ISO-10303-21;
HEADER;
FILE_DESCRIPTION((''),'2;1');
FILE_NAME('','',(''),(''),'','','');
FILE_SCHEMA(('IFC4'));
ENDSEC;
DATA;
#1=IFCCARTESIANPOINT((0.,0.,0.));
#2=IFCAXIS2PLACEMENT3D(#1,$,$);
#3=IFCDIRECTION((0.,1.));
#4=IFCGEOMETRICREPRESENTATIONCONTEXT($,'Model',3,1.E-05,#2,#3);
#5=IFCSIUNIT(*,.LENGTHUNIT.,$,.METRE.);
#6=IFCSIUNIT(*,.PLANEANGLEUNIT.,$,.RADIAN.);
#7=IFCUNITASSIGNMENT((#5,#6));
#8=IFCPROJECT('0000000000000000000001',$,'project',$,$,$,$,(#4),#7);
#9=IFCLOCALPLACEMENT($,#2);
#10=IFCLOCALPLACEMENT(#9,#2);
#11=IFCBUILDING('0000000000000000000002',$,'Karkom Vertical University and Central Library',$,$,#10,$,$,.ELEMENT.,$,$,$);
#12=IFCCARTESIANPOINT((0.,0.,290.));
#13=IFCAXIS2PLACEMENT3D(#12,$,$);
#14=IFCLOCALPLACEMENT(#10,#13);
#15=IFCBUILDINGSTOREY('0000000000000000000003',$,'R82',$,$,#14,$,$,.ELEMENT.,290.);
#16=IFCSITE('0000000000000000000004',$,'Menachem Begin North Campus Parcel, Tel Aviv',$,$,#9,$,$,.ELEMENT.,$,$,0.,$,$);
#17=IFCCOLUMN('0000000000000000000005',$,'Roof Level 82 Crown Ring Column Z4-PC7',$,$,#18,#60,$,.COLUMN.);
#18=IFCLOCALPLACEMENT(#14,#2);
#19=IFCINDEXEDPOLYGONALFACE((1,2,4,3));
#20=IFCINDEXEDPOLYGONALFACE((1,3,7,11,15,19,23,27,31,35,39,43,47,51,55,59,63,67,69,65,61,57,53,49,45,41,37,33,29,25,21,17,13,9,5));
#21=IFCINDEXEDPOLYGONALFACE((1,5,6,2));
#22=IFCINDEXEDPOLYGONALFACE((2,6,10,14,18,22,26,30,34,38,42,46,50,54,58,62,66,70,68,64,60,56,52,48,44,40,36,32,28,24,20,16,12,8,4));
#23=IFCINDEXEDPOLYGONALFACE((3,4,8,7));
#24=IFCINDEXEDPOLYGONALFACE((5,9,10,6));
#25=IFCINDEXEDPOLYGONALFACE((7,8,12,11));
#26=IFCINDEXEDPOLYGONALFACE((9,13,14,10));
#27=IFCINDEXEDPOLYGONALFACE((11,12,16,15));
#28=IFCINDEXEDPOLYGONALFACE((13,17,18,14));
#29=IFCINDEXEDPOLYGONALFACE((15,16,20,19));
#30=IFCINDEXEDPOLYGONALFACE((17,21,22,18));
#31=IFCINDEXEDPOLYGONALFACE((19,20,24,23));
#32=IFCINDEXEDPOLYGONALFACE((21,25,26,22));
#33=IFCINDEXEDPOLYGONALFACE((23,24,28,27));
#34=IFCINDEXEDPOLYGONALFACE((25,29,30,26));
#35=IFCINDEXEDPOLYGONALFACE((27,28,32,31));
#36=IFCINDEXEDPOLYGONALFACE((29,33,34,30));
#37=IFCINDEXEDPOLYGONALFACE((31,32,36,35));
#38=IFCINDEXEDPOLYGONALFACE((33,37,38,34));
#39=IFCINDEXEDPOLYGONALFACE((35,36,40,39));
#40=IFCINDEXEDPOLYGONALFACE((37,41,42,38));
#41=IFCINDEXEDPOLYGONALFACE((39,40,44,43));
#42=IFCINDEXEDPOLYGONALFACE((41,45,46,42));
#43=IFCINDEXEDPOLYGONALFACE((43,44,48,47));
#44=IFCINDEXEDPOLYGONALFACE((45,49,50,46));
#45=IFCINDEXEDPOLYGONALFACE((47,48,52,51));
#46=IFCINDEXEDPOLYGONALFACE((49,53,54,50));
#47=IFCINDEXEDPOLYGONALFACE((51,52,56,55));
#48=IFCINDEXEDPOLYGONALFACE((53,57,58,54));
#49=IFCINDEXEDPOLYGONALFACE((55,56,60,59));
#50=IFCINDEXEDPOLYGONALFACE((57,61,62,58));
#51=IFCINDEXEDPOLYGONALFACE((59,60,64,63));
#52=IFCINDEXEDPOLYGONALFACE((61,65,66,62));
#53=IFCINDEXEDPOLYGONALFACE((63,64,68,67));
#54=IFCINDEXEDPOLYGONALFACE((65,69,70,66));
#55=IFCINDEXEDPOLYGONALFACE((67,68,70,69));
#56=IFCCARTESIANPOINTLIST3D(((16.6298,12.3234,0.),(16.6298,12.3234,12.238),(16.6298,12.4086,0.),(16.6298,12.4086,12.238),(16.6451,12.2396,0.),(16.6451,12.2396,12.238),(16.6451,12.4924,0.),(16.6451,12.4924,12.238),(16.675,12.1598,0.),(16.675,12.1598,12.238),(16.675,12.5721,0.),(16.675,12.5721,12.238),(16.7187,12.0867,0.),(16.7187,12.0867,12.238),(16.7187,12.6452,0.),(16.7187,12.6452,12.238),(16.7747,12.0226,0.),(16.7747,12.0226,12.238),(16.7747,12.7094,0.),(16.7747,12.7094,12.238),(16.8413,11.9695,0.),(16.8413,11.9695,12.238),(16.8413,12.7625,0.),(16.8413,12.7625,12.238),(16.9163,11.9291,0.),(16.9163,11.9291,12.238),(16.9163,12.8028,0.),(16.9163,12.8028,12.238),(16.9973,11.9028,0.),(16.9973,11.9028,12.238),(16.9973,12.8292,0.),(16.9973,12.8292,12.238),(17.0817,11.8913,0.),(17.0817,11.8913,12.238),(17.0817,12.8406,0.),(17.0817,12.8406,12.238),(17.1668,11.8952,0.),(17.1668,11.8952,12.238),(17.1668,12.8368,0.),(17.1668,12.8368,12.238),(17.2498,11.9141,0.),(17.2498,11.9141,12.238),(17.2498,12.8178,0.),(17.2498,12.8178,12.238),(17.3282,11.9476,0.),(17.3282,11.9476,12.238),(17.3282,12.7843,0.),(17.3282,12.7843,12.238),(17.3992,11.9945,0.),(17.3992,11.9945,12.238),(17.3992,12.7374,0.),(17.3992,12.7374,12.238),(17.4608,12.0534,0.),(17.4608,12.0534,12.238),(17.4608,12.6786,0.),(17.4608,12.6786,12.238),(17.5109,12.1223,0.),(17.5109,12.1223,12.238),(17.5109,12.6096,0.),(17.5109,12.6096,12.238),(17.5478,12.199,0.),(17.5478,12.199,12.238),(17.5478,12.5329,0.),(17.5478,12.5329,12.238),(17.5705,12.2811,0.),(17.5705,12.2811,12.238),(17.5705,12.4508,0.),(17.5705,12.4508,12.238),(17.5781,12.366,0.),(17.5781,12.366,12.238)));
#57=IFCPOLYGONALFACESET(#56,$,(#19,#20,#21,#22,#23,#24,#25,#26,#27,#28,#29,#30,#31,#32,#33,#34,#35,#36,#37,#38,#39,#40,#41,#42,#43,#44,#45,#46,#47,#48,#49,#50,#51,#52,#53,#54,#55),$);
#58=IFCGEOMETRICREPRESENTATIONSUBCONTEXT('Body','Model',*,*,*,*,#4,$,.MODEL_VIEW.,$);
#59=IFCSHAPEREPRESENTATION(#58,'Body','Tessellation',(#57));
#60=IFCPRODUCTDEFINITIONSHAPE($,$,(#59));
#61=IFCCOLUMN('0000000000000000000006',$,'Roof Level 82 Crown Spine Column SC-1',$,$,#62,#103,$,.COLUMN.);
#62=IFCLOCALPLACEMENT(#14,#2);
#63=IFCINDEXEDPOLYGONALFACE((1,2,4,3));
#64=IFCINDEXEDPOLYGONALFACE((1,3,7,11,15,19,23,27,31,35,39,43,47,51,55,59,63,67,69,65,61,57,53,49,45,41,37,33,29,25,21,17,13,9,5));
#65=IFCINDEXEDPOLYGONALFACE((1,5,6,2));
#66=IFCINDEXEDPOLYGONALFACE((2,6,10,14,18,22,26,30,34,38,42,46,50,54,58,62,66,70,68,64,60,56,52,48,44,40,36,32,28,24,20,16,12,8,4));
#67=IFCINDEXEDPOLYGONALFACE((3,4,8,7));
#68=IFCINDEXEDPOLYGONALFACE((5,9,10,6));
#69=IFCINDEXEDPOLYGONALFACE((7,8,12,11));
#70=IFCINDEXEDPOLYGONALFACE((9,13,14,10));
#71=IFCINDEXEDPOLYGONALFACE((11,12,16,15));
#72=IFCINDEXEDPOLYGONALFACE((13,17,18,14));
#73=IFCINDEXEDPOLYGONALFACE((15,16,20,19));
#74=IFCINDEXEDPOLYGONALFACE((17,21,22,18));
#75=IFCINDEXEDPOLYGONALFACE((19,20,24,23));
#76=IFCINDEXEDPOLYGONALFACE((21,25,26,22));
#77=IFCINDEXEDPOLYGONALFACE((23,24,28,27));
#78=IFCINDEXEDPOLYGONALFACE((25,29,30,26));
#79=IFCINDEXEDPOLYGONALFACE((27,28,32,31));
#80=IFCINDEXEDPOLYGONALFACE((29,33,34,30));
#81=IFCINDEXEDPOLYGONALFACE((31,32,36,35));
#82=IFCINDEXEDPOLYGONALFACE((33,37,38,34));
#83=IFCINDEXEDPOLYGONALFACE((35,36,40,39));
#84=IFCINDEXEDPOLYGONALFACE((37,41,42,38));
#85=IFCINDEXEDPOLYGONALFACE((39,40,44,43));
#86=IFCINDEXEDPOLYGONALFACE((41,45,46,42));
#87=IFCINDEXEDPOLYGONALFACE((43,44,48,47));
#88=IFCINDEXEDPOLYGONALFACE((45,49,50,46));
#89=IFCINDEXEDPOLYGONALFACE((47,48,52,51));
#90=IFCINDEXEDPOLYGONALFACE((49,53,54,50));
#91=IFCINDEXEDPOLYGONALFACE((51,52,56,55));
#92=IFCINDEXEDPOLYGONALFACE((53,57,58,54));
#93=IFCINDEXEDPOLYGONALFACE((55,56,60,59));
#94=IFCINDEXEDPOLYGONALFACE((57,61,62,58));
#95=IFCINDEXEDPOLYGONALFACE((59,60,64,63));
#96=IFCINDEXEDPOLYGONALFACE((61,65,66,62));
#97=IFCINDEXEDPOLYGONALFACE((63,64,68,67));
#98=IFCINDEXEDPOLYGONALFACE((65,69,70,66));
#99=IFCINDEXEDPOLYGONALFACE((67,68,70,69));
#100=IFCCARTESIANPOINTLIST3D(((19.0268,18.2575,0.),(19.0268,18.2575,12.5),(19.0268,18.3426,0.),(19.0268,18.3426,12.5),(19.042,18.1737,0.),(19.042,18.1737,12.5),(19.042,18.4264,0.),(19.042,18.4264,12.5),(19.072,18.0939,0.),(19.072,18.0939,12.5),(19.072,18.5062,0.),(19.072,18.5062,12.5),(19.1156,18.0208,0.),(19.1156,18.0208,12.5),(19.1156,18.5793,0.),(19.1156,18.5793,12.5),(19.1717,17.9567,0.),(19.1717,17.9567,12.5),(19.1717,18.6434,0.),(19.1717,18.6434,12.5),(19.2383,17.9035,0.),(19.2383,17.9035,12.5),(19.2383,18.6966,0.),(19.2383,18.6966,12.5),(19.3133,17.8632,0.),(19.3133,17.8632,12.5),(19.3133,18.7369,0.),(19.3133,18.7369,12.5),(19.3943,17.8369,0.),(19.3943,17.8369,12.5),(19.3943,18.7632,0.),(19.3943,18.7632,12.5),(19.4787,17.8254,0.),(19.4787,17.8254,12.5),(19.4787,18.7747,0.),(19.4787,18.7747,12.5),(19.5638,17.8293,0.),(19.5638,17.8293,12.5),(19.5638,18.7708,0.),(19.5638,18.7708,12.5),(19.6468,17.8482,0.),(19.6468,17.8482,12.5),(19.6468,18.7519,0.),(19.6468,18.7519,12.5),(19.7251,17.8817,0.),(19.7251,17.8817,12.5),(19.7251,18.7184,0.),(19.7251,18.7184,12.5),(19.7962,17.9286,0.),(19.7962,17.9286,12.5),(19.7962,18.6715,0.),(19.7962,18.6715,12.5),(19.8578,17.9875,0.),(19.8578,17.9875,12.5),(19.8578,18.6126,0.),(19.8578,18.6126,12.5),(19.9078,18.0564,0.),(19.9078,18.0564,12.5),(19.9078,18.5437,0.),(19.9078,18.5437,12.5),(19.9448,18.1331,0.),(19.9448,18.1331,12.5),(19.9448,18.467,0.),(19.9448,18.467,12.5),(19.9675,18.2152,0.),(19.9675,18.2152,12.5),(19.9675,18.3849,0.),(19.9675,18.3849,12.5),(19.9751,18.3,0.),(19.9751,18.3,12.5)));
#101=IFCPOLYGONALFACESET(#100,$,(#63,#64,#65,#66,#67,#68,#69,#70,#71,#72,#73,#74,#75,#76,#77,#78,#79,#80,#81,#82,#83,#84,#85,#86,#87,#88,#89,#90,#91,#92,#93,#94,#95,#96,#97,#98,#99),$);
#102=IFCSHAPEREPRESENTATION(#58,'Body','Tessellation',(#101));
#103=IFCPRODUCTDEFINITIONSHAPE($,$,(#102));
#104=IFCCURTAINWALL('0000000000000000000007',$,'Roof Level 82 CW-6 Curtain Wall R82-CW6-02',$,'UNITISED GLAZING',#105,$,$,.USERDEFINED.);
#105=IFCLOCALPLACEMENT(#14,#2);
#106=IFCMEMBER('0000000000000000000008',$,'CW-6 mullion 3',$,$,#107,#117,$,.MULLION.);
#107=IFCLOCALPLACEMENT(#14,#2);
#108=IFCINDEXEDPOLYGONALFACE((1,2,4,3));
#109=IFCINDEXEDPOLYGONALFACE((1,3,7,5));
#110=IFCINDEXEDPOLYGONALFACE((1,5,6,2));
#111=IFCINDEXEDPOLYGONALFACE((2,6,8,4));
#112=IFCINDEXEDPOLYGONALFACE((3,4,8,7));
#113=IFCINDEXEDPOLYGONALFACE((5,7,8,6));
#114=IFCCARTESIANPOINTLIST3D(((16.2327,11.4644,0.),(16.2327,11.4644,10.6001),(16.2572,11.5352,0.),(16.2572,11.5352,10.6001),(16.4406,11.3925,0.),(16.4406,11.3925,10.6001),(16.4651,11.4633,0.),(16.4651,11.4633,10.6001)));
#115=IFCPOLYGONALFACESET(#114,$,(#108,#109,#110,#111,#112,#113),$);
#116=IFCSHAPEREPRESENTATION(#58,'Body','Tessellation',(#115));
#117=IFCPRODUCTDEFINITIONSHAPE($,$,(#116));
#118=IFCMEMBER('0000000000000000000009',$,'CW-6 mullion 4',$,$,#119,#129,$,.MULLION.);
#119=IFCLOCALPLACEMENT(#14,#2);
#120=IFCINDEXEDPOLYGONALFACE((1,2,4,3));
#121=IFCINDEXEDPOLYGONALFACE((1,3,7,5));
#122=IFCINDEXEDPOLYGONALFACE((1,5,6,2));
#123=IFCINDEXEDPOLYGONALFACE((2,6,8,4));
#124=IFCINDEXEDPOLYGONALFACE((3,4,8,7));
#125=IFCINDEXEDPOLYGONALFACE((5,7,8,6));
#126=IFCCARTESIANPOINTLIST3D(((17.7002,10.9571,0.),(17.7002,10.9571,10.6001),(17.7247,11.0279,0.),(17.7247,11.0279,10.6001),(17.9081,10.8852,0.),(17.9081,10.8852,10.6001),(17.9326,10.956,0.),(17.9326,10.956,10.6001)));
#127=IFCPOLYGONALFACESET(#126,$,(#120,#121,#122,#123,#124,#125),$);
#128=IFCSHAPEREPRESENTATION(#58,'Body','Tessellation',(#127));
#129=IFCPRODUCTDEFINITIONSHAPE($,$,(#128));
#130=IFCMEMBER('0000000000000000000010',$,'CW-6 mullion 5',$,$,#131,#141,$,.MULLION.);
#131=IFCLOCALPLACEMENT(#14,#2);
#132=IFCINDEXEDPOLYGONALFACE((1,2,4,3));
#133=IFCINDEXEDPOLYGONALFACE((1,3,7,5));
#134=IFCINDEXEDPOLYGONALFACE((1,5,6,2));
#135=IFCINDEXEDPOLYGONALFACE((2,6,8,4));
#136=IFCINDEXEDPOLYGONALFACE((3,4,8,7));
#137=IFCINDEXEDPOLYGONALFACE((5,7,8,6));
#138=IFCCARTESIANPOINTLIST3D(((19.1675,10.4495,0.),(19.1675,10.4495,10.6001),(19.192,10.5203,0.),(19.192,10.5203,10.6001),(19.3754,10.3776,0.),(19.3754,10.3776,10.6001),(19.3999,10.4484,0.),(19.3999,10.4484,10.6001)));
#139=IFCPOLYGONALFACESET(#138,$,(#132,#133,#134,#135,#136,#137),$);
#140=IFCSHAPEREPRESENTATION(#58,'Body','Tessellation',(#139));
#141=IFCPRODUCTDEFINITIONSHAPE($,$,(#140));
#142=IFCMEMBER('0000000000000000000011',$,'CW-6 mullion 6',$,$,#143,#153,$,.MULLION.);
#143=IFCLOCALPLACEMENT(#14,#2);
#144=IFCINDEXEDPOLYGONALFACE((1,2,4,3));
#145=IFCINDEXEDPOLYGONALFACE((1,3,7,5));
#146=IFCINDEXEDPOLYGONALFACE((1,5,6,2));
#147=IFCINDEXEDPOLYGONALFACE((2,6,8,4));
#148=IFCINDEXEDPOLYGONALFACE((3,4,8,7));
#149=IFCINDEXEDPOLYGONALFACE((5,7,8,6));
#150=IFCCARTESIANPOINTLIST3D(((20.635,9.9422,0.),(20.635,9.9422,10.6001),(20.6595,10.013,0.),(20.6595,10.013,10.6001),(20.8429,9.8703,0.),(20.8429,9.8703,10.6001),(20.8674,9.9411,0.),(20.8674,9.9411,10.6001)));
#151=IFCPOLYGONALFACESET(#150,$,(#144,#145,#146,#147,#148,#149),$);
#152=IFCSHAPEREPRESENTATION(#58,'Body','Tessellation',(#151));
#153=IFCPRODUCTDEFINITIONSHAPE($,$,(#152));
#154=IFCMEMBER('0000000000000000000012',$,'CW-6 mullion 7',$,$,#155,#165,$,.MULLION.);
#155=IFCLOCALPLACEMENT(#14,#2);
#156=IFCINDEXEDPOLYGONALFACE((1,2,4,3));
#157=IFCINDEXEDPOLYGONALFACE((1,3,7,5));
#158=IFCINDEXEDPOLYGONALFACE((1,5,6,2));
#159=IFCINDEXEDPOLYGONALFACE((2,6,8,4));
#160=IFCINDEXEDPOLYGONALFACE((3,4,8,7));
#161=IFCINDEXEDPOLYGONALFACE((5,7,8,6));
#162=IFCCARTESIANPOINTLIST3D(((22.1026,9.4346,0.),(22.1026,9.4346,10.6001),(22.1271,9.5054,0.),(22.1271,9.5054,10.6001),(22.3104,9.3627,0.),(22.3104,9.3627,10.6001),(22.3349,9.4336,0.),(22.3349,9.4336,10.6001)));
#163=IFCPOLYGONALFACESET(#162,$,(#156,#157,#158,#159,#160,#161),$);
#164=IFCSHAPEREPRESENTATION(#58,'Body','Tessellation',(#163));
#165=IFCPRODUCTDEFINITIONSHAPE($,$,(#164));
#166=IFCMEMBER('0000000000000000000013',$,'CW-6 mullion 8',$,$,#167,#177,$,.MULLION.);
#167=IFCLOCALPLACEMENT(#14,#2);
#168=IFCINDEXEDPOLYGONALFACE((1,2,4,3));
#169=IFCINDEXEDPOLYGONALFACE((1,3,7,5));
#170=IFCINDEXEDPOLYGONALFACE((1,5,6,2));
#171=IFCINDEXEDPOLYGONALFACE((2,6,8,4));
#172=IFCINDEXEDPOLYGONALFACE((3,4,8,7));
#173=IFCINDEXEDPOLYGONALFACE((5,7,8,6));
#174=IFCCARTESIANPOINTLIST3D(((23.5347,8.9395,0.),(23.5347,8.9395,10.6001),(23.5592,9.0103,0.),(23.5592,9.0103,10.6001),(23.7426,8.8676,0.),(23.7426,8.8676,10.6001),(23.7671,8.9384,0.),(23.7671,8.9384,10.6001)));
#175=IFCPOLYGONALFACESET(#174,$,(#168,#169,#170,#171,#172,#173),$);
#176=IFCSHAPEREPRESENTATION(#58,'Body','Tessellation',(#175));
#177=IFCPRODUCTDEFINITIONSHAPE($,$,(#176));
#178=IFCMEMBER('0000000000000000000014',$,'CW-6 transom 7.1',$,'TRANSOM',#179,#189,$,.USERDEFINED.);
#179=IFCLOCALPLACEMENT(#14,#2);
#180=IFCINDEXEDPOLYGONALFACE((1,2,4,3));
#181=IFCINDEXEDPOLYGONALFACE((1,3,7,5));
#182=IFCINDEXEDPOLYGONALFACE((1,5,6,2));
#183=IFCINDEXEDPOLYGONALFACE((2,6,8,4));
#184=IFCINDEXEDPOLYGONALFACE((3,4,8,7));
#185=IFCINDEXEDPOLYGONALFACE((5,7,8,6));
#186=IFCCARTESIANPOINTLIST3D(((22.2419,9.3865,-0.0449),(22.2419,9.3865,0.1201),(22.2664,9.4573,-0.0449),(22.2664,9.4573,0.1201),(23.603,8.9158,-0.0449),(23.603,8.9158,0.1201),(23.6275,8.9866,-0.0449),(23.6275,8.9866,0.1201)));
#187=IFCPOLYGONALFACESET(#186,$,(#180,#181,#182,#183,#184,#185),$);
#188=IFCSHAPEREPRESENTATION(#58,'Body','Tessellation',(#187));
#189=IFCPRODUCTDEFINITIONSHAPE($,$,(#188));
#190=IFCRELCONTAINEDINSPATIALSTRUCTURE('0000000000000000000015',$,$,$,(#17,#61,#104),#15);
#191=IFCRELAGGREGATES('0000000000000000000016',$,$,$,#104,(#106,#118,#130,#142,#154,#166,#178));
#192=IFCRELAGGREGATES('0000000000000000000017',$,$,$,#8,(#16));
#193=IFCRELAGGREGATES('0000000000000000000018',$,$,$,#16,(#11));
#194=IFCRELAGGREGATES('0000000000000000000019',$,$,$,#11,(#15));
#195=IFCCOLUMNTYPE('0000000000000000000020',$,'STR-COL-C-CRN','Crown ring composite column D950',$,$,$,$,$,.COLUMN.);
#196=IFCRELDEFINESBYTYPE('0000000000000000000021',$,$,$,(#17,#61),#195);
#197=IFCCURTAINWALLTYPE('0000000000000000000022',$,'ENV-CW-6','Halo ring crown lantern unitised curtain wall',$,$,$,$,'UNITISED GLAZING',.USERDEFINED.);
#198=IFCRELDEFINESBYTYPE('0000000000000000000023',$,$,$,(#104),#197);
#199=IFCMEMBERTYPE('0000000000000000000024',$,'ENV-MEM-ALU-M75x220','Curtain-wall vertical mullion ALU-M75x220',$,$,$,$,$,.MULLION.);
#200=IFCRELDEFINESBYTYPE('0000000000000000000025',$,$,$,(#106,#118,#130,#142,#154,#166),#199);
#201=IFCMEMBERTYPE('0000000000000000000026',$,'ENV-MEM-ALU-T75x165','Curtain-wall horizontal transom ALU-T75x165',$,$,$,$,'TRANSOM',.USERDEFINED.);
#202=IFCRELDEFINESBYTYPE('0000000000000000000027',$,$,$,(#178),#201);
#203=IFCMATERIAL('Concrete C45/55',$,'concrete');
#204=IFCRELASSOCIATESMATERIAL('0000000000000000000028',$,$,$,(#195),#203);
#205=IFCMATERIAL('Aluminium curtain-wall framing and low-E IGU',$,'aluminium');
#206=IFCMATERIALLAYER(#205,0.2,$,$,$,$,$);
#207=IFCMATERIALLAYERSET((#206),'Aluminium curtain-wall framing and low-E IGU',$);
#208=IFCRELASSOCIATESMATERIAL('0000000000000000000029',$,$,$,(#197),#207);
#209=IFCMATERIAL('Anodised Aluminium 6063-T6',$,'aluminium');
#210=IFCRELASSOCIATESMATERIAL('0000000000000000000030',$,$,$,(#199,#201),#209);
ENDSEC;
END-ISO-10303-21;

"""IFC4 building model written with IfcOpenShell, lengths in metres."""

from ifc_helpers import new_model, si_unit, direction, frame, origin, origin_with_axes, origin_2d, place, context, subcontext, project, spatial, rectangle, circle, extrude, source, transform, mapped, material, layer, layer_set, material_profile, profile_set, type_object, element, aggregate, save


model = new_model("IFC4")

# Units and contexts
model_context = context("Model", 3, precision=1e-05, world=origin(), true_north=direction((0.0, 1.0)))
body_context = subcontext(model_context, "Body", "Model", "MODEL_VIEW")
ifc_project = project(units=[si_unit("LENGTHUNIT", "METRE"), si_unit("PLANEANGLEUNIT", "RADIAN")], contexts=[model_context])

# Site, building, storey
site_placement = place(None, origin())
site = spatial("IfcSite", under=ifc_project, at=site_placement, Name="Menachem Begin North Campus Parcel, Tel Aviv", CompositionType="ELEMENT", RefElevation=0.0)
building_placement = place(site_placement, origin())
building = spatial("IfcBuilding", under=site, at=building_placement, Name="Karkom Vertical University and Central Library", CompositionType="ELEMENT")
storey_placement = place(building_placement, frame((0.0, 0.0, 290.0)))
storey = spatial("IfcBuildingStorey", under=building, at=storey_placement, Name="R82", CompositionType="ELEMENT", Elevation=290.0)

# Columns
ifc_material_1 = material(Name="Concrete C45/55", Category="concrete")
ifc_material_profile_1 = material_profile(ifc_material_1, circle(Radius=0.4751, at=origin_2d()), Name="CFT-D950")
ifc_profile_set_1 = profile_set([ifc_material_profile_1], Name="Concrete C45/55")
column_type = type_object("IfcColumnType", Name="STR-COL-C-CRN", Description="Crown ring composite column D950", PredefinedType="COLUMN", material=ifc_profile_set_1)
shared_shape_1 = source(origin_with_axes(), body_context, "Body", "SweptSolid", [
    extrude(circle(Radius=0.4751, at=origin_2d()), origin(), (0.0, 0.0, 1.0), 12.238),
])
column_1_placement = place(storey_placement, frame((17.103, 12.366, 0.0), z_axis=(0.0, 0.0, 1.0), x_axis=(1.0, 0.0, 0.0)))
element("IfcColumn", 1, at=column_1_placement, inside=storey, type_object=column_type, Name="Roof Level 82 Crown Ring Column Z4-PC7", PredefinedType="COLUMN", context=body_context, shape_type="MappedRepresentation", body=[
    mapped(shared_shape_1, transform((0.0, 0.0, 0.0), scale=1.0)),
])
shared_shape_2 = source(origin_with_axes(), body_context, "Body", "SweptSolid", [
    extrude(circle(Radius=0.4751, at=origin_2d()), origin(), (0.0, 0.0, 1.0), 12.5),
])
column_2_placement = place(storey_placement, frame((19.5, 18.3, 0.0), z_axis=(0.0, 0.0, 1.0), x_axis=(1.0, 0.0, 0.0)))
element("IfcColumn", 2, at=column_2_placement, inside=storey, type_object=column_type, Name="Roof Level 82 Crown Spine Column SC-1", PredefinedType="COLUMN", context=body_context, shape_type="MappedRepresentation", body=[
    mapped(shared_shape_2, transform((0.0, 0.0, 0.0), scale=1.0)),
])

# Curtain wall, members
ifc_material_2 = material(Name="Aluminium curtain-wall framing and low-E IGU", Category="aluminium")
ifc_layer_1 = layer(ifc_material_2, 0.2)
ifc_layer_set_1 = layer_set([ifc_layer_1], Name="Aluminium curtain-wall framing and low-E IGU")
curtain_wall_type = type_object("IfcCurtainWallType", Name="ENV-CW-6", Description="Halo ring crown lantern unitised curtain wall", ElementType="UNITISED GLAZING", PredefinedType="USERDEFINED", material=ifc_layer_set_1)
curtain_wall_placement = place(storey_placement, origin())
curtain_wall = element("IfcCurtainWall", 3, at=curtain_wall_placement, inside=storey, type_object=curtain_wall_type, Name="Roof Level 82 CW-6 Curtain Wall R82-CW6-02", ObjectType="UNITISED GLAZING", PredefinedType="USERDEFINED")
ifc_material_3 = material(Name="Anodised Aluminium 6063-T6", Category="aluminium")
ifc_material_profile_2 = material_profile(ifc_material_3, rectangle(XDim=0.075, YDim=0.22, at=origin_2d()), Name="ALU-M75x220")
ifc_profile_set_2 = profile_set([ifc_material_profile_2], Name="Anodised Aluminium 6063-T6")
member_type_1 = type_object("IfcMemberType", Name="ENV-MEM-ALU-M75x220", Description="Curtain-wall vertical mullion ALU-M75x220", PredefinedType="MULLION", material=ifc_profile_set_2)
shared_shape_3 = source(origin_with_axes(), body_context, "Body", "SweptSolid", [
    extrude(rectangle(XDim=0.075, YDim=0.22, at=origin_2d()), origin(), (0.0, 0.0, 1.0), 10.6001),
])
member_1_placement = place(storey_placement, frame((16.3489, 11.4639, 0.0), z_axis=(0.0, 0.0, 1.0), x_axis=(0.326823, 0.945085, 0.0)))
member_1 = element("IfcMember", 4, at=member_1_placement, type_object=member_type_1, Name="CW-6 mullion 3", PredefinedType="MULLION", context=body_context, shape_type="MappedRepresentation", body=[
    mapped(shared_shape_3, transform((0.0, 0.0, 0.0), scale=1.0)),
])
member_2_placement = place(storey_placement, frame((17.8164, 10.9565, 0.0), z_axis=(0.0, 0.0, 1.0), x_axis=(0.326823, 0.945085, 0.0)))
member_2 = element("IfcMember", 5, at=member_2_placement, type_object=member_type_1, Name="CW-6 mullion 4", PredefinedType="MULLION", context=body_context, shape_type="MappedRepresentation", body=[
    mapped(shared_shape_3, transform((0.0, 0.0, 0.0), scale=1.0)),
])
member_3_placement = place(storey_placement, frame((19.2837, 10.449, 0.0), z_axis=(0.0, 0.0, 1.0), x_axis=(0.326823, 0.945085, 0.0)))
member_3 = element("IfcMember", 6, at=member_3_placement, type_object=member_type_1, Name="CW-6 mullion 5", PredefinedType="MULLION", context=body_context, shape_type="MappedRepresentation", body=[
    mapped(shared_shape_3, transform((0.0, 0.0, 0.0), scale=1.0)),
])
member_4_placement = place(storey_placement, frame((20.7512, 9.9417, 0.0), z_axis=(0.0, 0.0, 1.0), x_axis=(0.326823, 0.945085, 0.0)))
member_4 = element("IfcMember", 7, at=member_4_placement, type_object=member_type_1, Name="CW-6 mullion 6", PredefinedType="MULLION", context=body_context, shape_type="MappedRepresentation", body=[
    mapped(shared_shape_3, transform((0.0, 0.0, 0.0), scale=1.0)),
])
member_5_placement = place(storey_placement, frame((22.2188, 9.4341, 0.0), z_axis=(0.0, 0.0, 1.0), x_axis=(0.326823, 0.945085, 0.0)))
member_5 = element("IfcMember", 8, at=member_5_placement, type_object=member_type_1, Name="CW-6 mullion 7", PredefinedType="MULLION", context=body_context, shape_type="MappedRepresentation", body=[
    mapped(shared_shape_3, transform((0.0, 0.0, 0.0), scale=1.0)),
])
member_6_placement = place(storey_placement, frame((23.6509, 8.939, 0.0), z_axis=(0.0, 0.0, 1.0), x_axis=(0.326823, 0.945085, 0.0)))
member_6 = element("IfcMember", 9, at=member_6_placement, type_object=member_type_1, Name="CW-6 mullion 8", PredefinedType="MULLION", context=body_context, shape_type="MappedRepresentation", body=[
    mapped(shared_shape_3, transform((0.0, 0.0, 0.0), scale=1.0)),
])
ifc_material_profile_3 = material_profile(ifc_material_3, rectangle(XDim=0.075, YDim=0.165, at=origin_2d()), Name="ALU-T75x165")
ifc_profile_set_3 = profile_set([ifc_material_profile_3], Name="Anodised Aluminium 6063-T6")
member_type_2 = type_object("IfcMemberType", Name="ENV-MEM-ALU-T75x165", Description="Curtain-wall horizontal transom ALU-T75x165", ElementType="TRANSOM", PredefinedType="USERDEFINED", material=ifc_profile_set_3)
shared_shape_4 = source(origin_with_axes(), body_context, "Body", "SweptSolid", [
    extrude(rectangle(XDim=0.075, YDim=0.165, at=origin_2d()), origin(), (0.0, 0.0, 1.0), 1.4402),
])
member_7_placement = place(storey_placement, frame((22.2542, 9.4219, 0.0376), z_axis=(0.945081, -0.326837, 0.0), x_axis=(0.326837, 0.945081, 0.0)))
member_7 = element("IfcMember", 10, at=member_7_placement, type_object=member_type_2, Name="CW-6 transom 7.1", ObjectType="TRANSOM", PredefinedType="USERDEFINED", context=body_context, shape_type="MappedRepresentation", body=[
    mapped(shared_shape_4, transform((0.0, 0.0, 0.0), scale=1.0)),
])
aggregate(curtain_wall, [member_1, member_2, member_3, member_4, member_5, member_6, member_7])

save(model, "model.ifc")
